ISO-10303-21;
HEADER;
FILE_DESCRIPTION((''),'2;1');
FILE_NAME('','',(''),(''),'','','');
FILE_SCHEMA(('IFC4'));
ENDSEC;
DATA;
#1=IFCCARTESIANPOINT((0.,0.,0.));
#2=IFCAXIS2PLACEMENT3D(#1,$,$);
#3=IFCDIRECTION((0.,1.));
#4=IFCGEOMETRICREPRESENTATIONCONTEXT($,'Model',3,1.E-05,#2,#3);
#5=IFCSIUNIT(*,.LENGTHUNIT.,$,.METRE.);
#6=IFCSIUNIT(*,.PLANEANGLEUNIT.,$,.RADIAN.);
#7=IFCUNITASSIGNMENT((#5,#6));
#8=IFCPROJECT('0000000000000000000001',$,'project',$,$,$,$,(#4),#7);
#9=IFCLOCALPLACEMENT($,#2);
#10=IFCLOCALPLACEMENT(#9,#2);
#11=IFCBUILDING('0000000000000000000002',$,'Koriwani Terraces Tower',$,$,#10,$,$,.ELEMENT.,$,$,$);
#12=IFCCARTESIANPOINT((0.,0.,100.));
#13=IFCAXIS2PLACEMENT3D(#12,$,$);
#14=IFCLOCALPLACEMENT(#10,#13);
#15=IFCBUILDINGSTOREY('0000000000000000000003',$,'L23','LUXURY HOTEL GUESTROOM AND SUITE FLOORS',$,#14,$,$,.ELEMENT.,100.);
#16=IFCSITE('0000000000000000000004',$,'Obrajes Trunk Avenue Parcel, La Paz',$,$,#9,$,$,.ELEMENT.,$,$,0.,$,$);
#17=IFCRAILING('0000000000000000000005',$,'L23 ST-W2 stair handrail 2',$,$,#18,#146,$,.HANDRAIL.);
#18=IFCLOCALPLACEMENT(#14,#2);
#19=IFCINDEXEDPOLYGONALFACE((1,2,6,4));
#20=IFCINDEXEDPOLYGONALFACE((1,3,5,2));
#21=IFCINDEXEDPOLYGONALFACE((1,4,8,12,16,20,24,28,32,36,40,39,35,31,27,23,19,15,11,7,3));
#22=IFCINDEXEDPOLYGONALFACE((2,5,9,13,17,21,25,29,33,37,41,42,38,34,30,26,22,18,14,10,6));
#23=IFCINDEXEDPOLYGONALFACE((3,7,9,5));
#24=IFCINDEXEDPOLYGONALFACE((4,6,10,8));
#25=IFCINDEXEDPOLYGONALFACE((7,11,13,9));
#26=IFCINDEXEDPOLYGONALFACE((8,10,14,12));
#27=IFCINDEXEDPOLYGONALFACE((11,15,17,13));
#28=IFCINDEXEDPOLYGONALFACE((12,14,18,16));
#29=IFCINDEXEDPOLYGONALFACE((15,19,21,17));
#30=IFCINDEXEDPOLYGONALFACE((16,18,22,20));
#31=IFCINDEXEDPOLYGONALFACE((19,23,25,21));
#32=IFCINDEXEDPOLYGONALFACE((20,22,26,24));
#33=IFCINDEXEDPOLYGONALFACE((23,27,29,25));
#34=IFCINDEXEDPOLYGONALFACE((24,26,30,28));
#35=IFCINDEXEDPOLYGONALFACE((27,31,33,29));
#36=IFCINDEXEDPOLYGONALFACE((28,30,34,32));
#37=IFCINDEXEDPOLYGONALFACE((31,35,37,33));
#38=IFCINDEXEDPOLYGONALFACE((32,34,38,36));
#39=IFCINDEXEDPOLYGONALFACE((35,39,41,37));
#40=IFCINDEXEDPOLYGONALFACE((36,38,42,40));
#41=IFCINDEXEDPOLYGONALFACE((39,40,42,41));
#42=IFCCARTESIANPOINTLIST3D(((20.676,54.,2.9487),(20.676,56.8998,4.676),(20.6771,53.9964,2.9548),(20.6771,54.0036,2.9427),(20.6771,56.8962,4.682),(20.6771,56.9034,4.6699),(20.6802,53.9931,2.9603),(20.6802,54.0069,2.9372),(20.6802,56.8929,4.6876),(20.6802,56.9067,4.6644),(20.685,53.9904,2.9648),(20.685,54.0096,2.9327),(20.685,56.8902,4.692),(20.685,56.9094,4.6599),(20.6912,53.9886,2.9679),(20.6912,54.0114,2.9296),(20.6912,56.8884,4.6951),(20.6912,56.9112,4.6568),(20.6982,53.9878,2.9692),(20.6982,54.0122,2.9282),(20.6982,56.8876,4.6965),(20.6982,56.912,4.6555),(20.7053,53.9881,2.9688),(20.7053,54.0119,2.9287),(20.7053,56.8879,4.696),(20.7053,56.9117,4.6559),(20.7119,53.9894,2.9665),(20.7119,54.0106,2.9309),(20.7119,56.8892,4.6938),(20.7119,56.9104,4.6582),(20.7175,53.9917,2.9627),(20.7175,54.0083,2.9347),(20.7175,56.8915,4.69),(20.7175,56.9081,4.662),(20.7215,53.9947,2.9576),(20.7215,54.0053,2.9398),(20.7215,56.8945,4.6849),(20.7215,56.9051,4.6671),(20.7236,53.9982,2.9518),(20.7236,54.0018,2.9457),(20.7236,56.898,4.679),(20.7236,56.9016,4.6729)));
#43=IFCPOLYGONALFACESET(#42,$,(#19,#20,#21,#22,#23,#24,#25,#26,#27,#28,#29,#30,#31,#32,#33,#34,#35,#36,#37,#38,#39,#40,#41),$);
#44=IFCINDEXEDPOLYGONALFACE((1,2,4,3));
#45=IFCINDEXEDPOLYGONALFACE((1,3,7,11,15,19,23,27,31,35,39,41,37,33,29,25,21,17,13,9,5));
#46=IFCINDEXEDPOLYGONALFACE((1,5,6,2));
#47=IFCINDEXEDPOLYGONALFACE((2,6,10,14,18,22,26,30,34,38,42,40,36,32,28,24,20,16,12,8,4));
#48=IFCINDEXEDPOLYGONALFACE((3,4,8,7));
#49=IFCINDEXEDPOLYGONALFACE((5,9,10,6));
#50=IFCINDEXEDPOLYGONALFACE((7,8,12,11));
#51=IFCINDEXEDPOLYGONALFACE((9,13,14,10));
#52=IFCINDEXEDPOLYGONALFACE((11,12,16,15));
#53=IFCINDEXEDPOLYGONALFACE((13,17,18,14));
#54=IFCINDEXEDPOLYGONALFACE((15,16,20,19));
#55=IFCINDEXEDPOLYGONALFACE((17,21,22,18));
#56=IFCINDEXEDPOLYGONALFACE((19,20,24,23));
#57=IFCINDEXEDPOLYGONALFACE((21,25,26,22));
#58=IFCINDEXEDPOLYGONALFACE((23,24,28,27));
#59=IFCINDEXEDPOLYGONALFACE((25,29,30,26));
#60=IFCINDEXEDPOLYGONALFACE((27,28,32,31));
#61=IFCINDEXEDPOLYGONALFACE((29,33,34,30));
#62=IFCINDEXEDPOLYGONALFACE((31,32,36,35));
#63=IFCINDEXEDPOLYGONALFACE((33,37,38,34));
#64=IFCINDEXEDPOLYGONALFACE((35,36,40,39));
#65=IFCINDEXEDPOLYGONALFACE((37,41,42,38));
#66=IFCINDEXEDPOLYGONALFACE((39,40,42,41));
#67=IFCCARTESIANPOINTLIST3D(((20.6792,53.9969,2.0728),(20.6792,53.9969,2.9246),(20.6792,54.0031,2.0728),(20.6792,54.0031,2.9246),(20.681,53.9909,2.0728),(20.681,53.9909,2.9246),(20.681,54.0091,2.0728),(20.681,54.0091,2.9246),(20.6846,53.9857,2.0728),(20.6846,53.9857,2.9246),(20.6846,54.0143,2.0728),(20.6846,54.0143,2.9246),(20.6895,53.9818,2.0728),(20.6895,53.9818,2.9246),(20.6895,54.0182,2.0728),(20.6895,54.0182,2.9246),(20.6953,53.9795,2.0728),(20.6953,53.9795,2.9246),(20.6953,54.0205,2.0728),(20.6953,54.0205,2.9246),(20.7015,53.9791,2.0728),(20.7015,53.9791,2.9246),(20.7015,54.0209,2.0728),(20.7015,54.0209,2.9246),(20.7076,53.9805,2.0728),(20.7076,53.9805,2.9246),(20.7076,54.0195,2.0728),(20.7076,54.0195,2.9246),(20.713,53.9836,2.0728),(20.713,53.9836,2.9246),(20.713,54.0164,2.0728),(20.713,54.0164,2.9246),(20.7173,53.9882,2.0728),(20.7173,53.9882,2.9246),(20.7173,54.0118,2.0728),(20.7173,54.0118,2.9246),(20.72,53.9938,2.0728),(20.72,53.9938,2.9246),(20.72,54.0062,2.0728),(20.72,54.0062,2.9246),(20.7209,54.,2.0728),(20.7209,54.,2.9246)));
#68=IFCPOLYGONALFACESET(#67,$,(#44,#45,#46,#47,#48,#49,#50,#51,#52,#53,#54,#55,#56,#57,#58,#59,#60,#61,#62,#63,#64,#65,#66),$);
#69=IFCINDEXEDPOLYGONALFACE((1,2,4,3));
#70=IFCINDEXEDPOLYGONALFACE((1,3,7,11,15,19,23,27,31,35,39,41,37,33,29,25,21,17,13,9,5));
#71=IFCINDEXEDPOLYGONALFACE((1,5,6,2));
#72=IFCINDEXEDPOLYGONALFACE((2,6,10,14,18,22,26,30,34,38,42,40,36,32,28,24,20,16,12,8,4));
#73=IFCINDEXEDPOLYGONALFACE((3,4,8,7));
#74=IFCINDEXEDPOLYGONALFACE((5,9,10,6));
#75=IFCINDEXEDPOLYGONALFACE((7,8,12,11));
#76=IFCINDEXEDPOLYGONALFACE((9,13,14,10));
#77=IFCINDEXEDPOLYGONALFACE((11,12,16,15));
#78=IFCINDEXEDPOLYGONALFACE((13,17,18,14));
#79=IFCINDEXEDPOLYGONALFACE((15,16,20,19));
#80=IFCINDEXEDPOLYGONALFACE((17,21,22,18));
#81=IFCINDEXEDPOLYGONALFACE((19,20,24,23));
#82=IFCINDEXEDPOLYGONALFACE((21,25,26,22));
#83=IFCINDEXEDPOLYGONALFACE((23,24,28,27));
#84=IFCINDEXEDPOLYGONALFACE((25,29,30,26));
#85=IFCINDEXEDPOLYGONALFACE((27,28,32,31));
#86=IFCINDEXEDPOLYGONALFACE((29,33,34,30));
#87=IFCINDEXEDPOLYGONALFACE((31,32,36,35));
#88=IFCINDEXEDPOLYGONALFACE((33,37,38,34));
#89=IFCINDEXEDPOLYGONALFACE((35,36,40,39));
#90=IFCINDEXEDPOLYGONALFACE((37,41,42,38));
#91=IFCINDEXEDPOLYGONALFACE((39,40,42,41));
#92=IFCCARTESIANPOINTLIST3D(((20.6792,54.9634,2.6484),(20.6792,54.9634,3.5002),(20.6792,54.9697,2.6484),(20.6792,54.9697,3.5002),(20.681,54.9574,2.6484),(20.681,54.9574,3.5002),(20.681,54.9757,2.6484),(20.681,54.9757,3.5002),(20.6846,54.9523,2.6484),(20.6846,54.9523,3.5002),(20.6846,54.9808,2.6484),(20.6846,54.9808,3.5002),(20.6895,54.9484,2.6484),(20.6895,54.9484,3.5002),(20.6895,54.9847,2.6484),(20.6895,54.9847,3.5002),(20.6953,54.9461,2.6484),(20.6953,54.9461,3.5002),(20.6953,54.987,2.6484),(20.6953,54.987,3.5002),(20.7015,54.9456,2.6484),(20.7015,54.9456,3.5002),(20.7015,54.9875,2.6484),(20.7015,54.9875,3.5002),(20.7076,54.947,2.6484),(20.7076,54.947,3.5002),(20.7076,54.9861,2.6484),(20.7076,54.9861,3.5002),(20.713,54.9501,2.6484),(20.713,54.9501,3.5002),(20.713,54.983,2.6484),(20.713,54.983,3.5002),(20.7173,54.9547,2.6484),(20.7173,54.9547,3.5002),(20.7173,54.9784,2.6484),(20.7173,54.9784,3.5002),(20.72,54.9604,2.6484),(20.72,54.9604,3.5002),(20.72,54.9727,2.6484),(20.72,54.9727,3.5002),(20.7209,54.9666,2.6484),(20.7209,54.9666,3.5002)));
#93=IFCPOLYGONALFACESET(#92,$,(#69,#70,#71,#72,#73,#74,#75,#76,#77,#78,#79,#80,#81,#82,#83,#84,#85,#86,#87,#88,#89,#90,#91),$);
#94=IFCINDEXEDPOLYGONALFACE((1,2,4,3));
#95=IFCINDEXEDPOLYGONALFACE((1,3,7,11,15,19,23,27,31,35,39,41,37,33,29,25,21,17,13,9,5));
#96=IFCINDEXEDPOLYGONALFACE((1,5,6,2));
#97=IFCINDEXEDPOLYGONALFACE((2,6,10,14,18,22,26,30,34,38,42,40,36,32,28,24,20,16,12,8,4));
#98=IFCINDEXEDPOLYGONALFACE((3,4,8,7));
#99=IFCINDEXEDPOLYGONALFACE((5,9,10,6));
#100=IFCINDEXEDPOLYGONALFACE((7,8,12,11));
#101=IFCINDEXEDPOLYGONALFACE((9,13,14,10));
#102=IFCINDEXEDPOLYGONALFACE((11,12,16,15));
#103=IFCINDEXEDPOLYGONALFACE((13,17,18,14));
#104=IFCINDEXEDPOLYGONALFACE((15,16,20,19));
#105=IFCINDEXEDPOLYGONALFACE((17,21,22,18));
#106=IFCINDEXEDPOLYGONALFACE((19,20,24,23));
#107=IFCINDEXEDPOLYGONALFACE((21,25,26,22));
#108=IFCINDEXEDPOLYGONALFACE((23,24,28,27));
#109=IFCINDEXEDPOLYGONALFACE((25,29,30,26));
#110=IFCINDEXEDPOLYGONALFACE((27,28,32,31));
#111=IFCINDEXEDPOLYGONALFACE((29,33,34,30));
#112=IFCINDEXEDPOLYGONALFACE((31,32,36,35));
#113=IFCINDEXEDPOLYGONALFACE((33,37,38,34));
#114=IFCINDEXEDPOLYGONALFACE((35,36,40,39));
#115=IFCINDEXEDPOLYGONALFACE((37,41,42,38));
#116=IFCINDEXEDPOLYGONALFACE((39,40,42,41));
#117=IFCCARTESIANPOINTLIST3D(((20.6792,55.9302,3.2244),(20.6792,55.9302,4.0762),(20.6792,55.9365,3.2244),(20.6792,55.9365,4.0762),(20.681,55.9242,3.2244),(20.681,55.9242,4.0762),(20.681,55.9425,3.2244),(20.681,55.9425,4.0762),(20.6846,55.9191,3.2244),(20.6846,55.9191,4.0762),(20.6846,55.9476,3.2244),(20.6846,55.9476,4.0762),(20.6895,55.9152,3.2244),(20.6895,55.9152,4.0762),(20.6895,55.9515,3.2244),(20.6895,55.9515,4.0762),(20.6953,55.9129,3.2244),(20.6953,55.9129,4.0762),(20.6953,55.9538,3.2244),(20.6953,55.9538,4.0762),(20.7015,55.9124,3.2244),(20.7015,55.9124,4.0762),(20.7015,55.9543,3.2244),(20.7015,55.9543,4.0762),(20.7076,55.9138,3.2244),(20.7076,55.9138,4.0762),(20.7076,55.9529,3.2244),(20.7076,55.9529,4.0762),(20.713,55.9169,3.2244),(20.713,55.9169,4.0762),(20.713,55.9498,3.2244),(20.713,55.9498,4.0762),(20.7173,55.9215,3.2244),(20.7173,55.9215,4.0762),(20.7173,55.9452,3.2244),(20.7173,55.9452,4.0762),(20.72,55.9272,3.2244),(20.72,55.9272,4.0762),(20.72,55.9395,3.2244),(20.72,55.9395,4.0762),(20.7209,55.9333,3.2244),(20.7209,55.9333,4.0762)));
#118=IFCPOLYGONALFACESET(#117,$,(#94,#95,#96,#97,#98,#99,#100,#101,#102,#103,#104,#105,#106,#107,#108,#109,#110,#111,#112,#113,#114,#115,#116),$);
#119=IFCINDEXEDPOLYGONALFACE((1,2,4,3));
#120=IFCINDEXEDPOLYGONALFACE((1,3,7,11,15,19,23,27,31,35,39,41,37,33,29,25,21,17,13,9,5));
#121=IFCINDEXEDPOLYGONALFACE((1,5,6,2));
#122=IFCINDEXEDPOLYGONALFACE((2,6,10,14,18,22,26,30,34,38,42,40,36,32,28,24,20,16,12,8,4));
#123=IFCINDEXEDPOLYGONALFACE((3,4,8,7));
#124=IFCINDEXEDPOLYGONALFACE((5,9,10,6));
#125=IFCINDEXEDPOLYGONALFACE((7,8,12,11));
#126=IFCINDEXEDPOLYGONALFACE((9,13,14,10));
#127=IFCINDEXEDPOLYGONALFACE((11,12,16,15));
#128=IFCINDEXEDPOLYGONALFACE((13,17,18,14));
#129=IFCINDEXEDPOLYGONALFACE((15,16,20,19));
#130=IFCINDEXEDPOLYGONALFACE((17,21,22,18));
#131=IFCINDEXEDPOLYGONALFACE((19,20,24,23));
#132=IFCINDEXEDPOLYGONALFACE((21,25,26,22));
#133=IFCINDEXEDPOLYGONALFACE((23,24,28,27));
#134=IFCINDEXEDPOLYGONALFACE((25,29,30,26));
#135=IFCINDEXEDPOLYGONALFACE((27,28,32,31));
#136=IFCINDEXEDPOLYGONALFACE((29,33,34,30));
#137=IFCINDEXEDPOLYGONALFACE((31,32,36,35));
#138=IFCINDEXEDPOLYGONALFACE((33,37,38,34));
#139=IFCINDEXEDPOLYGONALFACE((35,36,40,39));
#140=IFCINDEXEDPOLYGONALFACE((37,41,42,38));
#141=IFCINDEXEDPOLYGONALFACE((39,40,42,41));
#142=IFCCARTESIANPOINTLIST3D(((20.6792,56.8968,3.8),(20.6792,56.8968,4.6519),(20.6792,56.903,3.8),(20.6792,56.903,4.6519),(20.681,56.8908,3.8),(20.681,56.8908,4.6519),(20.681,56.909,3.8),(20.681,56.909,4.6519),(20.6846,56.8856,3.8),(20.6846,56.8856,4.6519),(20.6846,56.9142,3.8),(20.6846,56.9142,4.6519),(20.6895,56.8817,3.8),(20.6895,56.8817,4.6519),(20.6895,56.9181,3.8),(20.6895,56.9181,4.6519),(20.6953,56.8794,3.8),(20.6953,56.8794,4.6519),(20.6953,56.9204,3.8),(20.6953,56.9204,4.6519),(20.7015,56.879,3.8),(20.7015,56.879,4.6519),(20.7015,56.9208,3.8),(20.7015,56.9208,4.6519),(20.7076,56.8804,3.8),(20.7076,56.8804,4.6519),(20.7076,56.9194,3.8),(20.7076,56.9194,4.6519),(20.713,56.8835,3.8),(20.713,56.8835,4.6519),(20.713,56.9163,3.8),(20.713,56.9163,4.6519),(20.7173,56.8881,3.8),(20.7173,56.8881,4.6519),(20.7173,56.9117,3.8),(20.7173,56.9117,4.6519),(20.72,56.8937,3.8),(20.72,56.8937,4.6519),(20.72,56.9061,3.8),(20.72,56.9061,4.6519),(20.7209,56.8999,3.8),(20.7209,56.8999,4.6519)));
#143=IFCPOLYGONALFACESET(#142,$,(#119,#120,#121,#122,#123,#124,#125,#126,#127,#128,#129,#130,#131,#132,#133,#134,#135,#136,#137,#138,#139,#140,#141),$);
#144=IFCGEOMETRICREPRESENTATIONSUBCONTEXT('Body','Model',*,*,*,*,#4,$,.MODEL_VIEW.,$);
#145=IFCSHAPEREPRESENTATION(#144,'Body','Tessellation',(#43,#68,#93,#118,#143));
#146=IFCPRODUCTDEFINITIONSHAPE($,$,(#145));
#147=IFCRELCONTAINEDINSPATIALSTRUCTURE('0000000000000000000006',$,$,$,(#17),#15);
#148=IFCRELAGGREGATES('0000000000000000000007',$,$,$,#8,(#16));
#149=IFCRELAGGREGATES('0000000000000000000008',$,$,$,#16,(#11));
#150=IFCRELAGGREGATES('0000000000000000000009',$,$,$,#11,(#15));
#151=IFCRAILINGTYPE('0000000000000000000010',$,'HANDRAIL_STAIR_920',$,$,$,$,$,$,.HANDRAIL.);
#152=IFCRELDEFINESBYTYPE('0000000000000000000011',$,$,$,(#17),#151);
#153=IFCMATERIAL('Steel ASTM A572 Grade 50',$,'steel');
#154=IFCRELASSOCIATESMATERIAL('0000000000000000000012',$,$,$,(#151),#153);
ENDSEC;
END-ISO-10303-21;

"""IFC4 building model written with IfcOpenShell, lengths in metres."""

from ifc_helpers import new_model, si_unit, direction, frame, origin, origin_2d, place, context, subcontext, project, spatial, circle, extrude, material, type_object, element, save


model = new_model("IFC4")

# Units and contexts
model_context = context("Model", 3, precision=1e-05, world=origin(), true_north=direction((0.0, 1.0)))
body_context = subcontext(model_context, "Body", "Model", "MODEL_VIEW")
ifc_project = project(units=[si_unit("LENGTHUNIT", "METRE"), si_unit("PLANEANGLEUNIT", "RADIAN")], contexts=[model_context])

# Site, building, storey
site_placement = place(None, origin())
site = spatial("IfcSite", under=ifc_project, at=site_placement, Name="Obrajes Trunk Avenue Parcel, La Paz", CompositionType="ELEMENT", RefElevation=0.0)
building_placement = place(site_placement, origin())
building = spatial("IfcBuilding", under=site, at=building_placement, Name="Koriwani Terraces Tower", CompositionType="ELEMENT")
storey_placement = place(building_placement, frame((0.0, 0.0, 100.0)))
storey = spatial("IfcBuildingStorey", under=building, at=storey_placement, Name="L23", Description="LUXURY HOTEL GUESTROOM AND SUITE FLOORS", CompositionType="ELEMENT", Elevation=100.0)

# Shared definitions
ifc_material_1 = material(Name="Steel ASTM A572 Grade 50", Category="steel")

# Railing
railing_type_1 = type_object("IfcRailingType", Name="HANDRAIL_STAIR_920", PredefinedType="HANDRAIL", material=ifc_material_1)
railing_1_placement = place(storey_placement, frame((20.7, 54.0, 2.0728)))
element("IfcRailing", 1, at=railing_1_placement, inside=storey, type_object=railing_type_1, Name="L23 ST-W2 stair handrail 2", PredefinedType="HANDRAIL", context=body_context, shape_type="SweptSolid", body=[
    extrude(circle(Radius=0.0239, at=origin_2d()), frame((0.0, 0.0, 0.876), z_axis=(0.0, 0.859141, 0.511738), x_axis=(-1.0, 0.0, 0.0)), (0.0, 0.0, 1.0), 3.3752),
    extrude(circle(Radius=0.021, at=origin_2d()), origin(), (0.0, 0.0, 1.0), 0.8518),
    extrude(circle(Radius=0.021, at=origin_2d()), frame((0.0, 0.9666, 0.5757)), (0.0, 0.0, 1.0), 0.8518),
    extrude(circle(Radius=0.021, at=origin_2d()), frame((0.0, 1.9333, 1.1516)), (0.0, 0.0, 1.0), 0.8518),
    extrude(circle(Radius=0.021, at=origin_2d()), frame((0.0, 2.8999, 1.7273)), (0.0, 0.0, 1.0), 0.8518),
])

save(model, "model.ifc")
